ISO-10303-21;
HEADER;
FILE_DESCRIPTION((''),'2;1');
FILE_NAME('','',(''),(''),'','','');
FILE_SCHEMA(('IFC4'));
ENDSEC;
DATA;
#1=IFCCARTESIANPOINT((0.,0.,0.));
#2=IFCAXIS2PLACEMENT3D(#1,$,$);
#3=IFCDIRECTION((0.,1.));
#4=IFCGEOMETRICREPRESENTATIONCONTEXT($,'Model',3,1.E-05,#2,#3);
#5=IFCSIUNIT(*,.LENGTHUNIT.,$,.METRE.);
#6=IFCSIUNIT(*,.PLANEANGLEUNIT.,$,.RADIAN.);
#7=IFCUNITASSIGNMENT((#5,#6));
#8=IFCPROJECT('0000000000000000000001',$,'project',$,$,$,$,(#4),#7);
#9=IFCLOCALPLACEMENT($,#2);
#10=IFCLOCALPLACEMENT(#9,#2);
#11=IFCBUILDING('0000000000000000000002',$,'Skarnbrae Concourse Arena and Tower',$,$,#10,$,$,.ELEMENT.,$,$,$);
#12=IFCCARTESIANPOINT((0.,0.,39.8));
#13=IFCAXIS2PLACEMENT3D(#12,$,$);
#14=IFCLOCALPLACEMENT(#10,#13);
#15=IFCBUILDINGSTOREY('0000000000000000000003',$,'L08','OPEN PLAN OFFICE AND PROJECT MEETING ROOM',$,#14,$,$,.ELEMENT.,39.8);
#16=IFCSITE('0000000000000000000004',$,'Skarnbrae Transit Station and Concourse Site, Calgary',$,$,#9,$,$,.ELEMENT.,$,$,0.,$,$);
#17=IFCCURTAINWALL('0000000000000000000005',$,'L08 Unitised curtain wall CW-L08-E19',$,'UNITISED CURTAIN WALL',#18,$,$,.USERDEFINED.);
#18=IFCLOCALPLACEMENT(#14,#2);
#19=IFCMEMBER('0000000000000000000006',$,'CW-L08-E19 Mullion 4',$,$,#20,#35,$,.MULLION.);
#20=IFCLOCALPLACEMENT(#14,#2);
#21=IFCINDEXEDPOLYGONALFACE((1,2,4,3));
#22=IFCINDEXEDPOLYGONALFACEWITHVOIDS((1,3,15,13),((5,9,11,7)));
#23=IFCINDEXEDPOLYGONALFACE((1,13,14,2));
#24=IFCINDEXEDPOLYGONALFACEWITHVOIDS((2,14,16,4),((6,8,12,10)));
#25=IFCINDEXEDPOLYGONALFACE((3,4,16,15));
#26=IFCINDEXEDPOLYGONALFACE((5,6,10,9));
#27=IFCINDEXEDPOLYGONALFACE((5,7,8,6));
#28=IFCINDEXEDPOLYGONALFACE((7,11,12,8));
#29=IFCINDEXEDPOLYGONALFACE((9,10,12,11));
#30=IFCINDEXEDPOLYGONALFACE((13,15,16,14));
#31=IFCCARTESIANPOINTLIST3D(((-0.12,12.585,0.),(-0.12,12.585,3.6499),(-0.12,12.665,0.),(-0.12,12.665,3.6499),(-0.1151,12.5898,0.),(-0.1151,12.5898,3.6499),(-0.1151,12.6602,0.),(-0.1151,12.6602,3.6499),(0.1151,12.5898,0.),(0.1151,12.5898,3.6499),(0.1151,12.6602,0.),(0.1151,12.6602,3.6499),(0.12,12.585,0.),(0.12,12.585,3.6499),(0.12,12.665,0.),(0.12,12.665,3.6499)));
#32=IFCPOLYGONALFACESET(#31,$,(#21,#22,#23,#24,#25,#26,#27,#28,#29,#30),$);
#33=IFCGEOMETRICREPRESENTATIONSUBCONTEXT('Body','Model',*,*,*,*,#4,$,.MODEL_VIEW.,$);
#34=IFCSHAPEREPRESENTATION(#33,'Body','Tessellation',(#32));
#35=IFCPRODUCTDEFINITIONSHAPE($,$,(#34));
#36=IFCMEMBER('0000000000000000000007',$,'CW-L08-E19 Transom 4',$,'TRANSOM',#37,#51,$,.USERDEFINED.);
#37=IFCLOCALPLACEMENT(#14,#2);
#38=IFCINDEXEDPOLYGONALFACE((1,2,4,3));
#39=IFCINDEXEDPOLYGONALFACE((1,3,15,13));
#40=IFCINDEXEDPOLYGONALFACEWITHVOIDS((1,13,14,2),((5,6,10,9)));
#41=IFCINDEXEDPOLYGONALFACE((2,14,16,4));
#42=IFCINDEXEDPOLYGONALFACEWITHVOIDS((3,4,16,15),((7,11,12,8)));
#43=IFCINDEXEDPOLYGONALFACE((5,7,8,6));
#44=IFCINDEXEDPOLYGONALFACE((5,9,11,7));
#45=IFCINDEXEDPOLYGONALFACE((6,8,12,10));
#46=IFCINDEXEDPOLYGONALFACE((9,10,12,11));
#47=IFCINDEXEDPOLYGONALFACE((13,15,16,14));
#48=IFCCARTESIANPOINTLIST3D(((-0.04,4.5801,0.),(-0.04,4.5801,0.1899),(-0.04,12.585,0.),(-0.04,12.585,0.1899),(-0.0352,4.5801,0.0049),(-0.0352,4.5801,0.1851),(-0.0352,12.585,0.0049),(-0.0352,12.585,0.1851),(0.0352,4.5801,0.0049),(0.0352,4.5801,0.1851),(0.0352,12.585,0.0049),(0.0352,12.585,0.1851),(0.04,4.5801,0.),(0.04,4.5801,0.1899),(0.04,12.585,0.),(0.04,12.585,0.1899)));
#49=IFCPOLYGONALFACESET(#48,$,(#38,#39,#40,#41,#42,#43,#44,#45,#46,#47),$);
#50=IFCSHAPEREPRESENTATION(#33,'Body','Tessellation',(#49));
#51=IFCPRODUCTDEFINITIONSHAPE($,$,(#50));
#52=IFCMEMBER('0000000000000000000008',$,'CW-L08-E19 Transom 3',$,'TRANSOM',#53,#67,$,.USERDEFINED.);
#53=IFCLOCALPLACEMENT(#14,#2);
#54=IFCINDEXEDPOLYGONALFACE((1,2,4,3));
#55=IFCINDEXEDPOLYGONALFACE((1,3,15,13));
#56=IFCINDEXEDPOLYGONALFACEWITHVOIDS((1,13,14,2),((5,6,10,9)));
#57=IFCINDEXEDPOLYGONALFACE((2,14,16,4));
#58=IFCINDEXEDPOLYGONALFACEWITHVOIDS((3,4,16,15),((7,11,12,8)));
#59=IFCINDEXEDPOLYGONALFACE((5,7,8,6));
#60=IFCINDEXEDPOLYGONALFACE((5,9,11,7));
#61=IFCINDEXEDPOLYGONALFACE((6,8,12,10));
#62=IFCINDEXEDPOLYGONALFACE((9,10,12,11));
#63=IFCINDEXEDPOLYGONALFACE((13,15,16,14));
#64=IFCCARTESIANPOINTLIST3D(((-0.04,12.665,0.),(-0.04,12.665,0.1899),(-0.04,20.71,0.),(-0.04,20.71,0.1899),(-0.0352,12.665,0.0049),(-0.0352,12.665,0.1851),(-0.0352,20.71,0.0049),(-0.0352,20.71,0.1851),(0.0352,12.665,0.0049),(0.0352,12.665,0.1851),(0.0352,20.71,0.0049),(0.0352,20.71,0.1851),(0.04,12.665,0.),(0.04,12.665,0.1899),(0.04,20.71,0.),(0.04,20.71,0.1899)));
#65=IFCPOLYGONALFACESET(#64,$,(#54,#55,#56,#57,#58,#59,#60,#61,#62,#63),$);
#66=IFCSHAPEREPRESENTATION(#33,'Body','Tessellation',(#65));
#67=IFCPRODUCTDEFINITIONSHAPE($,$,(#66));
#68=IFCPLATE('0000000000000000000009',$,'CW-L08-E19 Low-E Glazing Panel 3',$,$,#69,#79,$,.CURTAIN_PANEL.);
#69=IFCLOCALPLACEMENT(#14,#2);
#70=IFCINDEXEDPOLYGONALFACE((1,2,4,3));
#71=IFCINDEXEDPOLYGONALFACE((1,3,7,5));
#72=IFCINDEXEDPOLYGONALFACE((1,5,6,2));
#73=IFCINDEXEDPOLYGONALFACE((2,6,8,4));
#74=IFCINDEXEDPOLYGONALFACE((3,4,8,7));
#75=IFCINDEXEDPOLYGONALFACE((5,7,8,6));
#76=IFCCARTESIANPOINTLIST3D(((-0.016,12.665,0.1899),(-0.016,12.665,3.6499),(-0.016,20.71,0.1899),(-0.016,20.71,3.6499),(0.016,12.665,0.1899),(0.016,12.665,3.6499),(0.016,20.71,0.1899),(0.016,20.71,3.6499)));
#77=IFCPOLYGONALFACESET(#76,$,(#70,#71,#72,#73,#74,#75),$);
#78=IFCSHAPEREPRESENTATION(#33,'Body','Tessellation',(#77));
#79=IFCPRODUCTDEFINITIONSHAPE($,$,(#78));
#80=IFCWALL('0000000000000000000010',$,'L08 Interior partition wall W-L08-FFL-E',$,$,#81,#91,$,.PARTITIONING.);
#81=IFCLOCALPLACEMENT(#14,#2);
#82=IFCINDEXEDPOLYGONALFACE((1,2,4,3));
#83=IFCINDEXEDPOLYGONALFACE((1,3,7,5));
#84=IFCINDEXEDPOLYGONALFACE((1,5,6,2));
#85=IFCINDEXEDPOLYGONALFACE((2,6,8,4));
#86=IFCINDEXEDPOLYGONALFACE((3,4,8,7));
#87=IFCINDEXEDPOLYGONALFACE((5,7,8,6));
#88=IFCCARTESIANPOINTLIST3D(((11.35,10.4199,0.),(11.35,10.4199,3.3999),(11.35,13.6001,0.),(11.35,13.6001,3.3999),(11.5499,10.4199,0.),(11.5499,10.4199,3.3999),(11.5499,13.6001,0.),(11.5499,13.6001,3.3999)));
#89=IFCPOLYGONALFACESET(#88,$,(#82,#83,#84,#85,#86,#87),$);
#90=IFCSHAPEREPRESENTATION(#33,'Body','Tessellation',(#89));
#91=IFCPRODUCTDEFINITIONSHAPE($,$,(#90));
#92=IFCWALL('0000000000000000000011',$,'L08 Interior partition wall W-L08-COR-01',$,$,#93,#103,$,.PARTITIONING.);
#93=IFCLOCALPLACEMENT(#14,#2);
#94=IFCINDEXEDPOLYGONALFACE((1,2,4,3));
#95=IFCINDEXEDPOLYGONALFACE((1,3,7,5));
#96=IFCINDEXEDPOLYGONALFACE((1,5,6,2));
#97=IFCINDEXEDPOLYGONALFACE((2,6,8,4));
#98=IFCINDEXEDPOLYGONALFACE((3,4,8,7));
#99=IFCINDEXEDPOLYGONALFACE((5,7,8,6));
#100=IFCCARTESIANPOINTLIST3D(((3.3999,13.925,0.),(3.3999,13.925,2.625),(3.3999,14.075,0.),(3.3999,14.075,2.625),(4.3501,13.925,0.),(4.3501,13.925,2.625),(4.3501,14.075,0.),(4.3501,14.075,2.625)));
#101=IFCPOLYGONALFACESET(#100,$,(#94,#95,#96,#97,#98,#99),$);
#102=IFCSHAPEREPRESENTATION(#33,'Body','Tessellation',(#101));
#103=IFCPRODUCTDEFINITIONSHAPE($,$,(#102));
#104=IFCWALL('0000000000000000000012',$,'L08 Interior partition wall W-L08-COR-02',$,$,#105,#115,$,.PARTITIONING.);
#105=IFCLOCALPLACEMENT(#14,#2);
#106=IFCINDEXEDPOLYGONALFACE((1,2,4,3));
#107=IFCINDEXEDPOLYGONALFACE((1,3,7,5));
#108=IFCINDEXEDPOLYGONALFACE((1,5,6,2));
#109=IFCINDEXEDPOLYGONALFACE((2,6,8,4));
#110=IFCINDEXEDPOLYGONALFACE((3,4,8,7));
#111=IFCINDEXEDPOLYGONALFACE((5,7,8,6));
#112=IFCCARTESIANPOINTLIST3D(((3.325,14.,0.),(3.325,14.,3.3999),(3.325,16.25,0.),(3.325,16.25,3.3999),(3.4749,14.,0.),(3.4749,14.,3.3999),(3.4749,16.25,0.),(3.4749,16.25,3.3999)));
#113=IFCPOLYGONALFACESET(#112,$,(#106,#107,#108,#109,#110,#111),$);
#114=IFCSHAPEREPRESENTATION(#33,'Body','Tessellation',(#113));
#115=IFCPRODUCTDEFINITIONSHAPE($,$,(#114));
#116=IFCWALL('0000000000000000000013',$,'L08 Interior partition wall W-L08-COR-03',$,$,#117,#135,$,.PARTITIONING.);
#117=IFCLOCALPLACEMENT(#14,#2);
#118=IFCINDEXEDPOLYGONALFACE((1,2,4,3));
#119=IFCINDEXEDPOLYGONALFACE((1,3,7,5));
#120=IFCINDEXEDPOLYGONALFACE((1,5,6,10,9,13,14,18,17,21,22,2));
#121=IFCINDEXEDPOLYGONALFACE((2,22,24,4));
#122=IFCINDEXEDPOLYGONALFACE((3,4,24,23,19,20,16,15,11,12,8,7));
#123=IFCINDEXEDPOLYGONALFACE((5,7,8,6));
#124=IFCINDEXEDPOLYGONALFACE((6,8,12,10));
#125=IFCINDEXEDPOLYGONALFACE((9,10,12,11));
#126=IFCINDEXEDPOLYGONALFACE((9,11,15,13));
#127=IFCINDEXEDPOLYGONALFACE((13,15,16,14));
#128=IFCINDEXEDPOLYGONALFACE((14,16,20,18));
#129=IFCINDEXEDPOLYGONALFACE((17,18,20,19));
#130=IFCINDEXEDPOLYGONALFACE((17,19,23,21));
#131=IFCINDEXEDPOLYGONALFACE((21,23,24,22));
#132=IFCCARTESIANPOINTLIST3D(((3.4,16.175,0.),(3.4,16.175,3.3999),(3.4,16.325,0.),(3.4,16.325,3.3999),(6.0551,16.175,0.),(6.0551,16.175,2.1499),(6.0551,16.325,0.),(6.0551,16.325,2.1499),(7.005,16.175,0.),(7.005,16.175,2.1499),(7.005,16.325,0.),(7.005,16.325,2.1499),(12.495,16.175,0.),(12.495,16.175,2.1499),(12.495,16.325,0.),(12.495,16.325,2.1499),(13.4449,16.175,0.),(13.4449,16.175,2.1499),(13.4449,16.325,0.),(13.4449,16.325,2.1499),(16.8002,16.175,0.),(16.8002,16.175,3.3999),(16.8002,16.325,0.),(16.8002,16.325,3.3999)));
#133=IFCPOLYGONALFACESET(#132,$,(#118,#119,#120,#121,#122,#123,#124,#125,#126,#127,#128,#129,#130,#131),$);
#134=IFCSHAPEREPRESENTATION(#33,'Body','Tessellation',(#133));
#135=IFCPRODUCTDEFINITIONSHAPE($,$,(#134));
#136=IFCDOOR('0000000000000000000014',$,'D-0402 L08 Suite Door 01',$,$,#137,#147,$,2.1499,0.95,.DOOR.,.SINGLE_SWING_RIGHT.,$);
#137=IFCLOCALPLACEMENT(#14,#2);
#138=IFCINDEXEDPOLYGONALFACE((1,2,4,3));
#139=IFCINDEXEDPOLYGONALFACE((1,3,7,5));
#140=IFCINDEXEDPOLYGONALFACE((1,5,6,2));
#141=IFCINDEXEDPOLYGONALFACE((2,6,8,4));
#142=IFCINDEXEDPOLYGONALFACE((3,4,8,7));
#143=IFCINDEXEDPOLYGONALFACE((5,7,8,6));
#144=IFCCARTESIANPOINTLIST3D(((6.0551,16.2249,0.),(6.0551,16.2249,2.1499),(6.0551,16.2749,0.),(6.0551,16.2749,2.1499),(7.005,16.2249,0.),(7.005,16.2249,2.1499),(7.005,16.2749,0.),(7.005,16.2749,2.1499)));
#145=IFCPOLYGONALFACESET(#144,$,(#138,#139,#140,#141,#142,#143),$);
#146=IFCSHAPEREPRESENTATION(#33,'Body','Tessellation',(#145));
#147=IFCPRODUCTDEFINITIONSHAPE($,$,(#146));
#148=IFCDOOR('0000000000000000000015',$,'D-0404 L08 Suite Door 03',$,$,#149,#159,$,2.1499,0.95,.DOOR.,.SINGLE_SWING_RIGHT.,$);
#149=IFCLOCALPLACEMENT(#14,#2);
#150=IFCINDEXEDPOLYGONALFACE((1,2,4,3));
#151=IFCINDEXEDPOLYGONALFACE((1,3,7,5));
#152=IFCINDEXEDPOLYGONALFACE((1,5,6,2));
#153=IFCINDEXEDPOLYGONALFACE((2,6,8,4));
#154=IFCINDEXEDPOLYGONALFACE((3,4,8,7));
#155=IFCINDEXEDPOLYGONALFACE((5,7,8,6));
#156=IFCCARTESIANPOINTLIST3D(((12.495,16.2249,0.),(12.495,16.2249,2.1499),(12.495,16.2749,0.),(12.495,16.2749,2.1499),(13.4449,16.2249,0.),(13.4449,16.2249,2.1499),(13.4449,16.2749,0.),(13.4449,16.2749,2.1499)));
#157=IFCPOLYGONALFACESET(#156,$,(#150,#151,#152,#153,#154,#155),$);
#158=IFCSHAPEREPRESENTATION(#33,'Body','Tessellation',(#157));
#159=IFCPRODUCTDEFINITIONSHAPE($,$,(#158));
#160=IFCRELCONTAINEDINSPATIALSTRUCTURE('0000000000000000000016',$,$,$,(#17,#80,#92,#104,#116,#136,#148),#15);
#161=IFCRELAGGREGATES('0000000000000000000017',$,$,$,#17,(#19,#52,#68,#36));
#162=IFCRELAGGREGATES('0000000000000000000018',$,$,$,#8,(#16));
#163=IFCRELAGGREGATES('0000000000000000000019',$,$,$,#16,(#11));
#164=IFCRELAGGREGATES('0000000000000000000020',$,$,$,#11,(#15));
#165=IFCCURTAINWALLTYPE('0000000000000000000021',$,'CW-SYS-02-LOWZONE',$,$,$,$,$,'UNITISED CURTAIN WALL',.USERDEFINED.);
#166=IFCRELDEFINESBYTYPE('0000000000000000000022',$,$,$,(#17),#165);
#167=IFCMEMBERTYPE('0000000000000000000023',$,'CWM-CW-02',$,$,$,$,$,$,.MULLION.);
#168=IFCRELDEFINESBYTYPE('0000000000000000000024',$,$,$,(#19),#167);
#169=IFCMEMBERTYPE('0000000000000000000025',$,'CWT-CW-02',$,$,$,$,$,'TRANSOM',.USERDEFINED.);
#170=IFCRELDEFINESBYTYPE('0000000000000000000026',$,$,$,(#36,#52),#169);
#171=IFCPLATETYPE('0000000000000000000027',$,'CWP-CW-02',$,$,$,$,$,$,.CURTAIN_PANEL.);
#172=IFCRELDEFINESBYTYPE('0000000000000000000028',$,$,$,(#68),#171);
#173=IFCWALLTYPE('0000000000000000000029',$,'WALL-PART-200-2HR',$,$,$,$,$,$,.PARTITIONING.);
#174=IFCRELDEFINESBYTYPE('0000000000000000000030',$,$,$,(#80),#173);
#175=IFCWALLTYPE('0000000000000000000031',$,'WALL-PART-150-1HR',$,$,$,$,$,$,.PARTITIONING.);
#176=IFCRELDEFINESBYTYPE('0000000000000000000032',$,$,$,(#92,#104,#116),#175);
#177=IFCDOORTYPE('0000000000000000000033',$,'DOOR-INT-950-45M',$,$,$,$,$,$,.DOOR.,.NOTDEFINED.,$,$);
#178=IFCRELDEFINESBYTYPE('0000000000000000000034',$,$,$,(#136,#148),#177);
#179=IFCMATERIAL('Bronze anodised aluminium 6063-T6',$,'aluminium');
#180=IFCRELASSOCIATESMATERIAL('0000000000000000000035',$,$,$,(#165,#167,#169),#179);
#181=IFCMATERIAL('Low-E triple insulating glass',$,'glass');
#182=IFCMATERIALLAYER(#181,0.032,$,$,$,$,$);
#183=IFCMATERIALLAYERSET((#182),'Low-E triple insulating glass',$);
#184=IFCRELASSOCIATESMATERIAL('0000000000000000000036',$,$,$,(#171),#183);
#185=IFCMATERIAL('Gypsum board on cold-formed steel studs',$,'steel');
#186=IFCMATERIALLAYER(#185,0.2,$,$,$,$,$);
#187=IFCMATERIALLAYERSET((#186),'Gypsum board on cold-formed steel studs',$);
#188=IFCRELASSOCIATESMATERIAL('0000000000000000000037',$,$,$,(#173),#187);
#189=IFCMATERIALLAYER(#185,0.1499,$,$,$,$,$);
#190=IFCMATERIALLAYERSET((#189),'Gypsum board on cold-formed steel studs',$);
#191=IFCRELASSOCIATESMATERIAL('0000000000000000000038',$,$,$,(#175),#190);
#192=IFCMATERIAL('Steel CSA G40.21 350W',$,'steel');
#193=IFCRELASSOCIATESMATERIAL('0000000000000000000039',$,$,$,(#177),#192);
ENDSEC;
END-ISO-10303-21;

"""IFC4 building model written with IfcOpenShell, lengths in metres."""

from ifc_helpers import new_model, si_unit, direction, frame, frame_2d, origin, origin_2d, place, context, subcontext, project, spatial, rectangle, hollow_rectangle, extrude, source, transform, mapped, material, layer, layer_set, material_profile, profile_set, type_object, element, fill, aggregate, save


model = new_model("IFC4")

# Units and contexts
model_context = context("Model", 3, precision=1e-05, world=origin(), true_north=direction((0.0, 1.0)))
body_context = subcontext(model_context, "Body", "Model", "MODEL_VIEW")
ifc_project = project(units=[si_unit("LENGTHUNIT", "METRE"), si_unit("PLANEANGLEUNIT", "RADIAN")], contexts=[model_context])

# Site, building, storey
site_placement = place(None, origin())
site = spatial("IfcSite", under=ifc_project, at=site_placement, Name="Skarnbrae Transit Station and Concourse Site, Calgary", CompositionType="ELEMENT", RefElevation=0.0)
building_placement = place(site_placement, origin())
building = spatial("IfcBuilding", under=site, at=building_placement, Name="Skarnbrae Concourse Arena and Tower", CompositionType="ELEMENT")
storey_placement = place(building_placement, frame((0.0, 0.0, 39.8)))
storey = spatial("IfcBuildingStorey", under=building, at=storey_placement, Name="L08", Description="OPEN PLAN OFFICE AND PROJECT MEETING ROOM", CompositionType="ELEMENT", Elevation=39.8)

# Shared definitions
ifc_material_1 = material(Name="Steel CSA G40.21 350W", Category="steel")

# Curtain wall, members, plate
ifc_material_2 = material(Name="Bronze anodised aluminium 6063-T6", Category="aluminium")
curtain_wall_type = type_object("IfcCurtainWallType", Name="CW-SYS-02-LOWZONE", ElementType="UNITISED CURTAIN WALL", PredefinedType="USERDEFINED", material=ifc_material_2)
curtain_wall_placement = place(storey_placement, origin())
curtain_wall = element("IfcCurtainWall", 1, at=curtain_wall_placement, inside=storey, type_object=curtain_wall_type, Name="L08 Unitised curtain wall CW-L08-E19", ObjectType="UNITISED CURTAIN WALL", PredefinedType="USERDEFINED")
ifc_material_profile_1 = material_profile(ifc_material_2, hollow_rectangle(XDim=0.0801, YDim=0.24, WallThickness=0.0049, at=origin_2d()), Name="ALU-MULL-80X240")
ifc_profile_set_1 = profile_set([ifc_material_profile_1], Name="Bronze anodised aluminium 6063-T6")
member_type_1 = type_object("IfcMemberType", Name="CWM-CW-02", PredefinedType="MULLION", material=ifc_profile_set_1)
shared_shape_1 = source(origin(), body_context, "Body", "SweptSolid", [
    extrude(hollow_rectangle(XDim=0.0801, YDim=0.24, WallThickness=0.0049, at=origin_2d()), origin(), (0.0, 0.0, 1.0), 3.6499),
])
member_1_placement = place(storey_placement, frame((0.0, 12.625, 0.0), z_axis=(0.0, 0.0, 1.0), x_axis=(0.0, -1.0, 0.0)))
member_1 = element("IfcMember", 2, at=member_1_placement, type_object=member_type_1, Name="CW-L08-E19 Mullion 4", PredefinedType="MULLION", context=body_context, shape_type="MappedRepresentation", body=[
    mapped(shared_shape_1, transform((0.0, 0.0, 0.0))),
])
ifc_material_profile_2 = material_profile(ifc_material_2, hollow_rectangle(XDim=0.0801, YDim=0.1899, WallThickness=0.0049, at=origin_2d()), Name="ALU-TRAN-80X190")
ifc_profile_set_2 = profile_set([ifc_material_profile_2], Name="Bronze anodised aluminium 6063-T6")
member_type_2 = type_object("IfcMemberType", Name="CWT-CW-02", ElementType="TRANSOM", PredefinedType="USERDEFINED", material=ifc_profile_set_2)
shared_shape_2 = source(origin(), body_context, "Body", "SweptSolid", [
    extrude(hollow_rectangle(XDim=0.0801, YDim=0.1899, WallThickness=0.0049, at=origin_2d()), origin(), (0.0, 0.0, 1.0), 8.0049),
])
member_2_placement = place(storey_placement, frame((0.0, 12.585, 0.095), z_axis=(0.0, -1.0, 0.0), x_axis=(1.0, 0.0, 0.0)))
member_2 = element("IfcMember", 3, at=member_2_placement, type_object=member_type_2, Name="CW-L08-E19 Transom 4", ObjectType="TRANSOM", PredefinedType="USERDEFINED", context=body_context, shape_type="MappedRepresentation", body=[
    mapped(shared_shape_2, transform((0.0, 0.0, 0.0))),
])
shared_shape_3 = source(origin(), body_context, "Body", "SweptSolid", [
    extrude(hollow_rectangle(XDim=0.0801, YDim=0.1899, WallThickness=0.0049, at=origin_2d()), origin(), (0.0, 0.0, 1.0), 8.0449),
])
member_3_placement = place(storey_placement, frame((0.0, 20.71, 0.095), z_axis=(0.0, -1.0, 0.0), x_axis=(1.0, 0.0, 0.0)))
member_3 = element("IfcMember", 4, at=member_3_placement, type_object=member_type_2, Name="CW-L08-E19 Transom 3", ObjectType="TRANSOM", PredefinedType="USERDEFINED", context=body_context, shape_type="MappedRepresentation", body=[
    mapped(shared_shape_3, transform((0.0, 0.0, 0.0))),
])
ifc_material_3 = material(Name="Low-E triple insulating glass", Category="glass")
ifc_layer_1 = layer(ifc_material_3, 0.032)
ifc_layer_set_1 = layer_set([ifc_layer_1], Name="Low-E triple insulating glass")
plate_type = type_object("IfcPlateType", Name="CWP-CW-02", PredefinedType="CURTAIN_PANEL", material=ifc_layer_set_1)
shared_shape_4 = source(origin(), body_context, "Body", "SweptSolid", [
    extrude(rectangle(XDim=8.0449, YDim=0.032, at=origin_2d()), origin(), (0.0, 0.0, 1.0), 3.46),
])
plate_placement = place(storey_placement, frame((0.0, 16.6875, 0.1899), z_axis=(0.0, 0.0, 1.0), x_axis=(0.0, -1.0, 0.0)))
plate = element("IfcPlate", 5, at=plate_placement, type_object=plate_type, Name="CW-L08-E19 Low-E Glazing Panel 3", PredefinedType="CURTAIN_PANEL", context=body_context, shape_type="MappedRepresentation", body=[
    mapped(shared_shape_4, transform((0.0, 0.0, 0.0))),
])
aggregate(curtain_wall, [member_1, member_3, plate, member_2])

# Wall
ifc_material_4 = material(Name="Gypsum board on cold-formed steel studs", Category="steel")
ifc_layer_2 = layer(ifc_material_4, 0.2)
ifc_layer_set_2 = layer_set([ifc_layer_2], Name="Gypsum board on cold-formed steel studs")
wall_type_1 = type_object("IfcWallType", Name="WALL-PART-200-2HR", PredefinedType="PARTITIONING", material=ifc_layer_set_2)
shared_shape_5 = source(origin(), body_context, "Body", "SweptSolid", [
    extrude(rectangle(XDim=3.1802, YDim=0.2, at=frame_2d((1.5901, 0.0))), origin(), (0.0, 0.0, 1.0), 3.3999),
])
wall_1_placement = place(storey_placement, frame((11.45, 10.4199, 0.0), z_axis=(0.0, 0.0, 1.0), x_axis=(0.0, 1.0, 0.0)))
element("IfcWall", 6, at=wall_1_placement, inside=storey, type_object=wall_type_1, Name="L08 Interior partition wall W-L08-FFL-E", PredefinedType="PARTITIONING", context=body_context, shape_type="MappedRepresentation", body=[
    mapped(shared_shape_5, transform((0.0, 0.0, 0.0))),
])

# Walls
ifc_layer_3 = layer(ifc_material_4, 0.1499)
ifc_layer_set_3 = layer_set([ifc_layer_3], Name="Gypsum board on cold-formed steel studs")
wall_type_2 = type_object("IfcWallType", Name="WALL-PART-150-1HR", PredefinedType="PARTITIONING", material=ifc_layer_set_3)
shared_shape_6 = source(origin(), body_context, "Body", "SweptSolid", [
    extrude(rectangle(XDim=0.9502, YDim=0.1499, at=frame_2d((0.4751, 0.0))), origin(), (0.0, 0.0, 1.0), 2.625),
])
wall_2_placement = place(storey_placement, frame((4.3501, 14.0, 0.0), z_axis=(0.0, 0.0, 1.0), x_axis=(-1.0, 0.0, 0.0)))
element("IfcWall", 7, at=wall_2_placement, inside=storey, type_object=wall_type_2, Name="L08 Interior partition wall W-L08-COR-01", PredefinedType="PARTITIONING", context=body_context, shape_type="MappedRepresentation", body=[
    mapped(shared_shape_6, transform((0.0, 0.0, 0.0))),
])
shared_shape_7 = source(origin(), body_context, "Body", "SweptSolid", [
    extrude(rectangle(XDim=2.25, YDim=0.1499, at=frame_2d((1.125, 0.0))), origin(), (0.0, 0.0, 1.0), 3.3999),
])
wall_3_placement = place(storey_placement, frame((3.3999, 14.0, 0.0), z_axis=(0.0, 0.0, 1.0), x_axis=(0.0, 1.0, 0.0)))
element("IfcWall", 8, at=wall_3_placement, inside=storey, type_object=wall_type_2, Name="L08 Interior partition wall W-L08-COR-02", PredefinedType="PARTITIONING", context=body_context, shape_type="MappedRepresentation", body=[
    mapped(shared_shape_7, transform((0.0, 0.0, 0.0))),
])

# Wall, openings, doors
shared_shape_8 = source(origin(), body_context, "Body", "SweptSolid", [
    extrude(rectangle(XDim=13.4001, YDim=0.1499, at=frame_2d((6.7002, 0.0))), origin(), (0.0, 0.0, 1.0), 3.3999),
])
wall_4_placement = place(storey_placement, frame((3.3999, 16.25, 0.0), z_axis=(0.0, 0.0, 1.0), x_axis=(1.0, 0.0, 0.0)))
wall_4 = element("IfcWall", 9, at=wall_4_placement, inside=storey, type_object=wall_type_2, Name="L08 Interior partition wall W-L08-COR-03", PredefinedType="PARTITIONING", context=body_context, shape_type="MappedRepresentation", body=[
    mapped(shared_shape_8, transform((0.0, 0.0, 0.0))),
])
opening_1_placement = place(wall_4_placement, frame((2.655, 0.0, 0.0)))
opening_1 = element("IfcOpeningElement", 10, at=opening_1_placement, cuts=wall_4, PredefinedType="OPENING", context=body_context, shape_type="SweptSolid", body=[
    extrude(rectangle(XDim=0.95, YDim=2.1499, at=frame_2d((0.4751, 1.075))), frame((0.0, 0.085, 0.0), z_axis=(0.0, -1.0, 0.0), x_axis=(1.0, 0.0, 0.0)), (0.0, 0.0, 1.0), 0.1699),
])
opening_2_placement = place(wall_4_placement, frame((9.095, 0.0, 0.0)))
opening_2 = element("IfcOpeningElement", 11, at=opening_2_placement, cuts=wall_4, PredefinedType="OPENING", context=body_context, shape_type="SweptSolid", body=[
    extrude(rectangle(XDim=0.95, YDim=2.1499, at=frame_2d((0.4751, 1.075))), frame((0.0, 0.085, 0.0), z_axis=(0.0, -1.0, 0.0), x_axis=(1.0, 0.0, 0.0)), (0.0, 0.0, 1.0), 0.1699),
])
door_type_1 = type_object("IfcDoorType", Name="DOOR-INT-950-45M", OperationType="NOTDEFINED", PredefinedType="DOOR", material=ifc_material_1)
shared_shape_9 = source(origin(), body_context, "Body", "SweptSolid", [
    extrude(rectangle(XDim=0.95, YDim=2.1499, at=frame_2d((0.4751, 1.075))), frame((0.0, 0.0249, 0.0), z_axis=(0.0, -1.0, 0.0), x_axis=(1.0, 0.0, 0.0)), (0.0, 0.0, 1.0), 0.05),
])
door_1_placement = place(opening_1_placement, origin())
door_1 = element("IfcDoor", 12, at=door_1_placement, inside=storey, type_object=door_type_1, Name="D-0402 L08 Suite Door 01", OperationType="SINGLE_SWING_RIGHT", OverallHeight=2.1499, OverallWidth=0.95, PredefinedType="DOOR", context=body_context, shape_type="MappedRepresentation", body=[
    mapped(shared_shape_9, transform((0.0, 0.0, 0.0))),
])
fill(opening_1, door_1)
door_2_placement = place(opening_2_placement, origin())
door_2 = element("IfcDoor", 13, at=door_2_placement, inside=storey, type_object=door_type_1, Name="D-0404 L08 Suite Door 03", OperationType="SINGLE_SWING_RIGHT", OverallHeight=2.1499, OverallWidth=0.95, PredefinedType="DOOR", context=body_context, shape_type="MappedRepresentation", body=[
    mapped(shared_shape_9, transform((0.0, 0.0, 0.0))),
])
fill(opening_2, door_2)

save(model, "model.ifc")
